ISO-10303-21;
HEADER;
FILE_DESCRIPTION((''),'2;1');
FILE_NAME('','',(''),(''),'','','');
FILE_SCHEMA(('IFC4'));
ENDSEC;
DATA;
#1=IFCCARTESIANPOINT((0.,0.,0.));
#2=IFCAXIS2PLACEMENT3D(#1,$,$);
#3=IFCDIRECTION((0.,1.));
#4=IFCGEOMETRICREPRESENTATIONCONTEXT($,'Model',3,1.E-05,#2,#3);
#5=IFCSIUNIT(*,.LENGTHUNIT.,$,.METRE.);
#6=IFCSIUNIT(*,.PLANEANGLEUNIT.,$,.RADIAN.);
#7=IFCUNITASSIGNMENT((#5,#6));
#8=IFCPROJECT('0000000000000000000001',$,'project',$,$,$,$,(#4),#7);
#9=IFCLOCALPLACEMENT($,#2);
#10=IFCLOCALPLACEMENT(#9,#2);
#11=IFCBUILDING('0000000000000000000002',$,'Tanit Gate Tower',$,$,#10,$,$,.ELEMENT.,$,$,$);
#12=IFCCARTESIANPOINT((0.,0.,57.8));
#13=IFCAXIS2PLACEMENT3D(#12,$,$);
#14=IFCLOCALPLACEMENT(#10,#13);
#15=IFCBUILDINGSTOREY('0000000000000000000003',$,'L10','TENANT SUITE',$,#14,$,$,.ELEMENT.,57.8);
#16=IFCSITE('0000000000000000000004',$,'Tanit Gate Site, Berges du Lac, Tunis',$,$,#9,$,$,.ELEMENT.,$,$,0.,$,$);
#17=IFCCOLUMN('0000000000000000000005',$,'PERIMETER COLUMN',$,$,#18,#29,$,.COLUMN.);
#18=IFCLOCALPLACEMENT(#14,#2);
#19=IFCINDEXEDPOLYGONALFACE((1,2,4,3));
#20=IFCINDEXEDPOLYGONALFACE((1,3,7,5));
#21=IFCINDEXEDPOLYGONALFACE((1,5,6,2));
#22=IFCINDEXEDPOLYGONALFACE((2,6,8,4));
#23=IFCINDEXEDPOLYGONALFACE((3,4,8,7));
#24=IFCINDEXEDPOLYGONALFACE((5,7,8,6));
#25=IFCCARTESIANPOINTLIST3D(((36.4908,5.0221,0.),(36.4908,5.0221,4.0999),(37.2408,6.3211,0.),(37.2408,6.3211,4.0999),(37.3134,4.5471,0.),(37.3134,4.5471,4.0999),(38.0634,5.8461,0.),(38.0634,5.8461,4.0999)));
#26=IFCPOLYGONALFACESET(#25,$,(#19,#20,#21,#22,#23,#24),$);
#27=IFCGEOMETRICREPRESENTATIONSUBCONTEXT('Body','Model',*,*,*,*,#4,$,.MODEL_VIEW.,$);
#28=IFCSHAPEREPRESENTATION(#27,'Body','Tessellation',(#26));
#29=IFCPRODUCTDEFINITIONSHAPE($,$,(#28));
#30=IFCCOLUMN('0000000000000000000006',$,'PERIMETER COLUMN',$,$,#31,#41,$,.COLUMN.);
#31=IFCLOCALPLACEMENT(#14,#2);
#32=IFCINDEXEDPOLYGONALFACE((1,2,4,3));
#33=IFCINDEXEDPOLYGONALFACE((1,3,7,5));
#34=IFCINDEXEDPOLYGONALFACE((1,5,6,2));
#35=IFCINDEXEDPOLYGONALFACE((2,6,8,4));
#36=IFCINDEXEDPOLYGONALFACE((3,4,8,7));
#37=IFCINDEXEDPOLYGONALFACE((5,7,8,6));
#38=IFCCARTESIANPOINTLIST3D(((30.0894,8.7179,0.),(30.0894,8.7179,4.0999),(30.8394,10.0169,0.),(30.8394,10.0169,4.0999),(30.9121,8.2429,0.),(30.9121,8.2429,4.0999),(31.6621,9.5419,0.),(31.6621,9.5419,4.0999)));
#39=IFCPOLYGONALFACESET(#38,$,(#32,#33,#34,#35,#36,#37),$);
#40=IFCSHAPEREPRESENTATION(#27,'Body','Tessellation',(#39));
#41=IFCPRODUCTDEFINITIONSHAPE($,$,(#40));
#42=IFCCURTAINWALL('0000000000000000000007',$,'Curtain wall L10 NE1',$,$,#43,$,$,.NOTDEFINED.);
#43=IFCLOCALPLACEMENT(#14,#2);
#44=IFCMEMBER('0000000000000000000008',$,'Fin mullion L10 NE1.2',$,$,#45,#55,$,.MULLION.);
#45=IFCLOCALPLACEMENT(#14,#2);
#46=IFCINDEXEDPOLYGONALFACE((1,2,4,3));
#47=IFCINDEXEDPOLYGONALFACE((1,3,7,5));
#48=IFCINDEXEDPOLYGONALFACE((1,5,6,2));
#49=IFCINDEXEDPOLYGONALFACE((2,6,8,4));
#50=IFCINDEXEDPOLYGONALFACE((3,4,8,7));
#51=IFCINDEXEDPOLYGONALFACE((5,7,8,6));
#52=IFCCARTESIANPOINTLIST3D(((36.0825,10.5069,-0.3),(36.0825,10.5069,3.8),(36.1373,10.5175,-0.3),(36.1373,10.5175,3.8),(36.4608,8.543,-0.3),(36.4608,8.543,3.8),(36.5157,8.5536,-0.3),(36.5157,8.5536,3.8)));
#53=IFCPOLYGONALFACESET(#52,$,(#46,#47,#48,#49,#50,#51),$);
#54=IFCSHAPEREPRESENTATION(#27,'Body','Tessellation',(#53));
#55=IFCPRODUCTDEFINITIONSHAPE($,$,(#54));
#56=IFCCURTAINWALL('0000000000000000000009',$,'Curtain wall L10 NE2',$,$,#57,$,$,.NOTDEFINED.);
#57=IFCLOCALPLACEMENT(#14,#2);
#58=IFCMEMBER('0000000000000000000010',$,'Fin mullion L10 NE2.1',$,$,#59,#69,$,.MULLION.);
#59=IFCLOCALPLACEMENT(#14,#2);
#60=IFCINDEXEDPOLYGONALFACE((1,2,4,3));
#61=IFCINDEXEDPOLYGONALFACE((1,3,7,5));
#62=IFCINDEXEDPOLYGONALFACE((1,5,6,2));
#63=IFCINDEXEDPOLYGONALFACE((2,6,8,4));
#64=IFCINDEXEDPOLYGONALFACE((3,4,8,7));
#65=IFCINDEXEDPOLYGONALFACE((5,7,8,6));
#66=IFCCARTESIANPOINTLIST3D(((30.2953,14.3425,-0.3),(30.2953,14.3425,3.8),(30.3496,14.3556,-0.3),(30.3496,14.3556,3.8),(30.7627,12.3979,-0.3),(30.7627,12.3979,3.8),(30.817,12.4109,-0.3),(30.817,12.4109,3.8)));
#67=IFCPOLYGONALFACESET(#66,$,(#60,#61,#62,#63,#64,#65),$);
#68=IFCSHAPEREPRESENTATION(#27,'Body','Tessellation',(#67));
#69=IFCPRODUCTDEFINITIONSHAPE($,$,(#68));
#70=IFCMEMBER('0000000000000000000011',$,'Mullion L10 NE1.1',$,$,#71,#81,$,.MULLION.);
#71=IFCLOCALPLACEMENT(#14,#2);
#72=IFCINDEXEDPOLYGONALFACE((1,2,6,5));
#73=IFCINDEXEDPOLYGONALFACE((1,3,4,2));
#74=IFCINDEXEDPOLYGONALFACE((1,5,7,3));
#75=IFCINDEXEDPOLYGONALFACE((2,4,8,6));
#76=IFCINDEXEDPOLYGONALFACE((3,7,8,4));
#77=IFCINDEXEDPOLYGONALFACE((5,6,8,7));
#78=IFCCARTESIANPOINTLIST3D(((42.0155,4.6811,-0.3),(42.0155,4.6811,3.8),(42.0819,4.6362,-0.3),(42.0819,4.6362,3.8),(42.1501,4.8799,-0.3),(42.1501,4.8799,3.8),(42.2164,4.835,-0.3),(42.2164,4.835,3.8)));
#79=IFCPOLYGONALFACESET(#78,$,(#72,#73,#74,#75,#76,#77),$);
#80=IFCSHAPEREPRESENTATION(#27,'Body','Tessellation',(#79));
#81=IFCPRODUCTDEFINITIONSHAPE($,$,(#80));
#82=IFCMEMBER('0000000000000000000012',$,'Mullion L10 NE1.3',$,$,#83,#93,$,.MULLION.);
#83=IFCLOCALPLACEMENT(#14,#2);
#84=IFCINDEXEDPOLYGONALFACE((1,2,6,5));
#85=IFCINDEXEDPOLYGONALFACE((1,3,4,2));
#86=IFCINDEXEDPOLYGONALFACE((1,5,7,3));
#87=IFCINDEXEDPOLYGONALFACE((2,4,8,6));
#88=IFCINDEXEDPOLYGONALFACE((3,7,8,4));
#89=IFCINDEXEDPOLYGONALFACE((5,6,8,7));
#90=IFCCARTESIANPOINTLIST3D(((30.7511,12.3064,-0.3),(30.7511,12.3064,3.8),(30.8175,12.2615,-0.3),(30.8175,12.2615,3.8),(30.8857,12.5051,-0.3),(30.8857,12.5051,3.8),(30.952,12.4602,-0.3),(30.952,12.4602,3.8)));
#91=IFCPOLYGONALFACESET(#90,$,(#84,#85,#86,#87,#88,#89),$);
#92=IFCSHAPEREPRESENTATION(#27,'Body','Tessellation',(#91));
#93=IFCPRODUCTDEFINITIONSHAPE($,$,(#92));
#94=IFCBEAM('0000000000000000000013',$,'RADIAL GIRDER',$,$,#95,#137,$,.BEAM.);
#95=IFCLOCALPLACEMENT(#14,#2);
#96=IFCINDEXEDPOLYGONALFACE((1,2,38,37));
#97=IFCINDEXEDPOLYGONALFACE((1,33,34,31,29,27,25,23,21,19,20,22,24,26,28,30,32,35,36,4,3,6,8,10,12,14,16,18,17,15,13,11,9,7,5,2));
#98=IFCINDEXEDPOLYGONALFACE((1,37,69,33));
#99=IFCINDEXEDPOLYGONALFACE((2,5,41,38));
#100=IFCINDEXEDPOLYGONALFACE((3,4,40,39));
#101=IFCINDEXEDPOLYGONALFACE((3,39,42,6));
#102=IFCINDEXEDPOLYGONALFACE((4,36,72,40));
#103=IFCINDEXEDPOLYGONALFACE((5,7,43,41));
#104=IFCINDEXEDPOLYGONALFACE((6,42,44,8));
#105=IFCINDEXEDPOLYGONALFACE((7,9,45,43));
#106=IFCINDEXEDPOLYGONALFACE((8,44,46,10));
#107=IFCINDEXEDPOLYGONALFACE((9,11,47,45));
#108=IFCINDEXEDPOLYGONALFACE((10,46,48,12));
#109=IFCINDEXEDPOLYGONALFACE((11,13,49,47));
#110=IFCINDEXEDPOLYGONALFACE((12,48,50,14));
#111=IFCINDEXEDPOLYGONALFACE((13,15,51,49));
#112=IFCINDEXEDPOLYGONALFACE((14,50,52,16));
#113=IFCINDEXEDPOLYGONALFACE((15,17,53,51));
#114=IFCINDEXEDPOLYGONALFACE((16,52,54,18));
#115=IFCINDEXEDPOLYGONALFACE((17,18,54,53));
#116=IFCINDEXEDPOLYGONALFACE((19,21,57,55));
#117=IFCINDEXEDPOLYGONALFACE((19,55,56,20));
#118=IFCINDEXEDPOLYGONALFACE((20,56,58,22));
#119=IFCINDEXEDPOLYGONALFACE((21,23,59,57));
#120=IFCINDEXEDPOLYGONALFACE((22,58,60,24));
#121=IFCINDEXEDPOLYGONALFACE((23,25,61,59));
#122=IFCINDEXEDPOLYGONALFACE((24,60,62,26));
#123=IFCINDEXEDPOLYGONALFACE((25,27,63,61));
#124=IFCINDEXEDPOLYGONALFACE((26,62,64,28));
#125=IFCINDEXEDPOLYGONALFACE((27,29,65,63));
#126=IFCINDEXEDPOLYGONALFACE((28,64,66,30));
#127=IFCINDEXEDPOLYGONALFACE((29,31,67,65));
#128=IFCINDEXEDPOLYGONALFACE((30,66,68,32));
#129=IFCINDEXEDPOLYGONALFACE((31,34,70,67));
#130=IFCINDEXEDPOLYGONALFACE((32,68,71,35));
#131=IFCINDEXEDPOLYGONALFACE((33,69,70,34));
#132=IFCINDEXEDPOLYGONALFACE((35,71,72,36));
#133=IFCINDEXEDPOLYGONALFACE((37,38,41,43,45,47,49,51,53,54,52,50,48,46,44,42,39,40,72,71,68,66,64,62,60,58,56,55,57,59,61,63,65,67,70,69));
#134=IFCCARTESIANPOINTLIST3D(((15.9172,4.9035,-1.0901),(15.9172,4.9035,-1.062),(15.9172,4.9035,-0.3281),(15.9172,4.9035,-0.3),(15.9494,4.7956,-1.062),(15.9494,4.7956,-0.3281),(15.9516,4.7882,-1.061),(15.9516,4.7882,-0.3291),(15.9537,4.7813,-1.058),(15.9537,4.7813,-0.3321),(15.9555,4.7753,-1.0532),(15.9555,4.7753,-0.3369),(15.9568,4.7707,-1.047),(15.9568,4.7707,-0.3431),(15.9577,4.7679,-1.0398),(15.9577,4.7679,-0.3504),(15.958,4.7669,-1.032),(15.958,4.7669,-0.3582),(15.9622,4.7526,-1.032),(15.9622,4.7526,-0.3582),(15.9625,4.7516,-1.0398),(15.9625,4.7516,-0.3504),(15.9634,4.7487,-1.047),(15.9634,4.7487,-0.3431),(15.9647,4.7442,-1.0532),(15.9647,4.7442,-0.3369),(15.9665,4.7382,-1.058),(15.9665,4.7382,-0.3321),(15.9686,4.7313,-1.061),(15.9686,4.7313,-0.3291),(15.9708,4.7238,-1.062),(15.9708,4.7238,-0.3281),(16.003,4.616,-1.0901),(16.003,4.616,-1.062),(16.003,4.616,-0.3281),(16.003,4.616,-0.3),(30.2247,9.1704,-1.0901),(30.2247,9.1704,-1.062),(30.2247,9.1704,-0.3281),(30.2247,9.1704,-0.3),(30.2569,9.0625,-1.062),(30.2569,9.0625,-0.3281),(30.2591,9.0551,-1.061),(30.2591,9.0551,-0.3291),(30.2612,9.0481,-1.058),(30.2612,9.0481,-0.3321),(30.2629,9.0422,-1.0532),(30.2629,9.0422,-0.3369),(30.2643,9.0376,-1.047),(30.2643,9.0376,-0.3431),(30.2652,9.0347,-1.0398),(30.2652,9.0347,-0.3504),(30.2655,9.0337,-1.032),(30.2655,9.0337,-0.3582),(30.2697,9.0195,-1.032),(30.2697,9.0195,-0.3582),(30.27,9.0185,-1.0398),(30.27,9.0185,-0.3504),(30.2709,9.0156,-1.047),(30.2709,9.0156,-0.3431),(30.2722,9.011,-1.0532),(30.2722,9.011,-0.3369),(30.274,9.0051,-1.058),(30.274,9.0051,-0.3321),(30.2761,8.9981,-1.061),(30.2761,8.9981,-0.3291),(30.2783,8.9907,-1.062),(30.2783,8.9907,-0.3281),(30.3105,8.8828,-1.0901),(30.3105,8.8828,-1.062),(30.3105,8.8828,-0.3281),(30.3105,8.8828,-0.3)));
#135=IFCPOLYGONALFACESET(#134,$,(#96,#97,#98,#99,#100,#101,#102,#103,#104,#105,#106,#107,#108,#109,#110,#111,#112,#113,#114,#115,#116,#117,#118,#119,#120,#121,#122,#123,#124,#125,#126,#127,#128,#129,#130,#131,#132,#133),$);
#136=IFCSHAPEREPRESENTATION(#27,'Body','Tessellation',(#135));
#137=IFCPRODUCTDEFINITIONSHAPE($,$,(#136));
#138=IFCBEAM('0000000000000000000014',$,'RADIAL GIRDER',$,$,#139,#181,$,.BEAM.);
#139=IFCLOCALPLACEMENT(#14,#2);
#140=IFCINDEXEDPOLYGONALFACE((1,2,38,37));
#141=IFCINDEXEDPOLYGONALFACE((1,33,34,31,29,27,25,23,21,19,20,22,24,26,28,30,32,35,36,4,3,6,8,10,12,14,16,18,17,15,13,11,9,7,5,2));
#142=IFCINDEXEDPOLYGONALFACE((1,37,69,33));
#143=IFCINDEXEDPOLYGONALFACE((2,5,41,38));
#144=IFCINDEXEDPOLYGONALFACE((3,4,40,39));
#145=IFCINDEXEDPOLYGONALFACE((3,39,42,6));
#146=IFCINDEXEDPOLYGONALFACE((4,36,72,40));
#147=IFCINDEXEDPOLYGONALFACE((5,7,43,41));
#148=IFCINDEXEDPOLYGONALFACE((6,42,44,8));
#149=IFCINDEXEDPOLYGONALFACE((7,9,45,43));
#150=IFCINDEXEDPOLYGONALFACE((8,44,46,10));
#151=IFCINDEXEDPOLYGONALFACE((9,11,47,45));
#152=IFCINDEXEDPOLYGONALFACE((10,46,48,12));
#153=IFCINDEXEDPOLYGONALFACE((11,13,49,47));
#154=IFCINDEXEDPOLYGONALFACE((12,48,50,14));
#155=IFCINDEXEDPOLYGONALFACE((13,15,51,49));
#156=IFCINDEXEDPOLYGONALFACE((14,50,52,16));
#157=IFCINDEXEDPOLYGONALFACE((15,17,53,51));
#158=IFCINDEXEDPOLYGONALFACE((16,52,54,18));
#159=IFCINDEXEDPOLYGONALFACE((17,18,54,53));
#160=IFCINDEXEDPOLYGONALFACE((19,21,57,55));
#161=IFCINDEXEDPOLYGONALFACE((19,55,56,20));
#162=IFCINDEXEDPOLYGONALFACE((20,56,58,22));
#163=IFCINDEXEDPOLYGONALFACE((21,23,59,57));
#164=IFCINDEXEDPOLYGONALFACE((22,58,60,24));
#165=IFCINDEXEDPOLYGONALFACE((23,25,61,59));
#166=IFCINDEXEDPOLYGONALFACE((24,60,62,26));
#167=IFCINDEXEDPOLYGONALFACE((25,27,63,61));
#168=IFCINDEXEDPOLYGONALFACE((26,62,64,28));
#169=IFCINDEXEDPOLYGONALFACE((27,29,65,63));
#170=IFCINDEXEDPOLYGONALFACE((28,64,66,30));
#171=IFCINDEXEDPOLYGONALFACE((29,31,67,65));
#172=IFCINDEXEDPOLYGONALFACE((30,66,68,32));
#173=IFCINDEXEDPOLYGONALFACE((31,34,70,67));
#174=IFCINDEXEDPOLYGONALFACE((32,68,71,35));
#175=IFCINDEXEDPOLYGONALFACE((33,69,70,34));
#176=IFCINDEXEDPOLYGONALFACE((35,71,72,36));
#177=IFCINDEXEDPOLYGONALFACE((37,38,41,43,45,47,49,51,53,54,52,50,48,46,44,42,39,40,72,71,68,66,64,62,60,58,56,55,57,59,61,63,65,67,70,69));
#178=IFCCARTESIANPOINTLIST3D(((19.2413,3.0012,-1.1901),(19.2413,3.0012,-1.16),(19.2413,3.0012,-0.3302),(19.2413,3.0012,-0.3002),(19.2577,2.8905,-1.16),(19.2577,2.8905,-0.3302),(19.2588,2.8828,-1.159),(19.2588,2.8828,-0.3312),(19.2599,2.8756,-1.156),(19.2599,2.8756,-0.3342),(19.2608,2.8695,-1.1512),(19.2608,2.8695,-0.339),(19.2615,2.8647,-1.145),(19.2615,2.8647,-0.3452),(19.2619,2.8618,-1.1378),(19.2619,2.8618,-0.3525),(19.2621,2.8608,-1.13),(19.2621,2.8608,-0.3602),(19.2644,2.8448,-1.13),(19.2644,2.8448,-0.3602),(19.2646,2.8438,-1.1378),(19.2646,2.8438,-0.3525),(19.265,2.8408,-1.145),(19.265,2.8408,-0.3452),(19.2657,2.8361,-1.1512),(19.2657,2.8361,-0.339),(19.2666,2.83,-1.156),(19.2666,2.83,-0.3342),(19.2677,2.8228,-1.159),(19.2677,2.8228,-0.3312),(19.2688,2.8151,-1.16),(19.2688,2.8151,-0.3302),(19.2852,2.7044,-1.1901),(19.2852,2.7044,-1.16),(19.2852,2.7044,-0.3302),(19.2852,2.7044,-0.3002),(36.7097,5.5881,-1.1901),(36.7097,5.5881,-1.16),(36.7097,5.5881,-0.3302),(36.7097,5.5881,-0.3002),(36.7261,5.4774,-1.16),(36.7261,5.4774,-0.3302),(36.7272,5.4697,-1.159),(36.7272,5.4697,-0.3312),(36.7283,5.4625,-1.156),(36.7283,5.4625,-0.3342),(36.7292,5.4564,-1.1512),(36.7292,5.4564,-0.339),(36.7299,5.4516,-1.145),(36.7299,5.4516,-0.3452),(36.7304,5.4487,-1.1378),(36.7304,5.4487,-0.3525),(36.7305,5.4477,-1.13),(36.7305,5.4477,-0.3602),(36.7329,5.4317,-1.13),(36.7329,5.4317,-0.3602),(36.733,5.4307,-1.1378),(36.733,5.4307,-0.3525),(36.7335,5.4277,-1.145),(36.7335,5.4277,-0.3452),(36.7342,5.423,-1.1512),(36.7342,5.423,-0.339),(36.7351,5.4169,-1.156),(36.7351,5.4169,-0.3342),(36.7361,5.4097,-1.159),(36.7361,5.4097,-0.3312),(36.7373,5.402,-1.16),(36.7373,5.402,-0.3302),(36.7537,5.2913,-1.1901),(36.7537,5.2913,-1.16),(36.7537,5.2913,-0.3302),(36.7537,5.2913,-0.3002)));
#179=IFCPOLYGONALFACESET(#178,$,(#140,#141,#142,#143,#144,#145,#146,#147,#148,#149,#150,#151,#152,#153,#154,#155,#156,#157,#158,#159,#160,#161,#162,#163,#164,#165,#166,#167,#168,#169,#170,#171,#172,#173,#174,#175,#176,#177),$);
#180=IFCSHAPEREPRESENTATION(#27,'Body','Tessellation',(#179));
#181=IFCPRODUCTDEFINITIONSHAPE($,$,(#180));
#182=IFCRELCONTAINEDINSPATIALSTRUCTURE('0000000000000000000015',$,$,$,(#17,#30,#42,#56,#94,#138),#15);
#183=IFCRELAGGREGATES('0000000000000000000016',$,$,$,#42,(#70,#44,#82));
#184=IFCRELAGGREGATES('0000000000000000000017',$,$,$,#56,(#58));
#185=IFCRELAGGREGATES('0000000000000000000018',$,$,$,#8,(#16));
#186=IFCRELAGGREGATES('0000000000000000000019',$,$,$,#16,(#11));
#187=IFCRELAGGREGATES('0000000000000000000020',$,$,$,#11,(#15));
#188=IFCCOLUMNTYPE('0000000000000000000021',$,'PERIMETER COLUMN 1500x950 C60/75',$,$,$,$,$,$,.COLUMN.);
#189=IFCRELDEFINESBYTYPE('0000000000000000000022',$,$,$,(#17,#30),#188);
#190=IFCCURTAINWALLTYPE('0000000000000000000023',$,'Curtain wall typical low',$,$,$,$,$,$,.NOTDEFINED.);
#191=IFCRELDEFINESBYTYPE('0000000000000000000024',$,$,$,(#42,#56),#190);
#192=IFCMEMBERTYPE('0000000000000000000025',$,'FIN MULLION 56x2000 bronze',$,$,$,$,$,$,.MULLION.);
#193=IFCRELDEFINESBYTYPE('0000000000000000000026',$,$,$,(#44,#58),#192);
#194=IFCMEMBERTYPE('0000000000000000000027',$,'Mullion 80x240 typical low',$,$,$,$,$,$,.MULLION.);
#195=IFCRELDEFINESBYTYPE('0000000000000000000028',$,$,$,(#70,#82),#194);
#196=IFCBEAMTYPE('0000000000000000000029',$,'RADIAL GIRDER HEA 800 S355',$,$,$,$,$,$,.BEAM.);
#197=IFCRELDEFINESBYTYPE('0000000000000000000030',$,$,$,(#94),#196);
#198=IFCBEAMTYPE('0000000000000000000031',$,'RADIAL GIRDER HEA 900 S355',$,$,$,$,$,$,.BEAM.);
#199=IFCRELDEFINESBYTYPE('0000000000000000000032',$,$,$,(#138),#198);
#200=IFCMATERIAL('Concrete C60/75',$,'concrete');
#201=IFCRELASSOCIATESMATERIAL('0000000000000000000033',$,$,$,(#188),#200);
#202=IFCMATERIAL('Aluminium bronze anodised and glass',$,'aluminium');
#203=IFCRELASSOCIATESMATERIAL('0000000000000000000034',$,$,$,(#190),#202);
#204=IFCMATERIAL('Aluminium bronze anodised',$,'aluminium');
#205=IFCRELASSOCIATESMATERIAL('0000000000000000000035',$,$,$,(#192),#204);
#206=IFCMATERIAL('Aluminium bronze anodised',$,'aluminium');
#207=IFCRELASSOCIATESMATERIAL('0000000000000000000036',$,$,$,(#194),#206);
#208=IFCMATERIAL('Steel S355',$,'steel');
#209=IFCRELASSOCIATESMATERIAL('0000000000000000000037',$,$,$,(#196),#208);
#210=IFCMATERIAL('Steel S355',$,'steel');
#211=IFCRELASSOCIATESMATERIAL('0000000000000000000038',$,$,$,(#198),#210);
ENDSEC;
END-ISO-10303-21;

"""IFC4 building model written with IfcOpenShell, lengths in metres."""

from ifc_helpers import new_model, si_unit, direction, frame, origin, origin_2d, place, context, subcontext, project, spatial, rectangle, i_section, extrude, material, material_profile, profile_set, type_object, element, aggregate, save


model = new_model("IFC4")

# Units and contexts
model_context = context("Model", 3, precision=1e-05, world=origin(), true_north=direction((0.0, 1.0)))
body_context = subcontext(model_context, "Body", "Model", "MODEL_VIEW")
ifc_project = project(units=[si_unit("LENGTHUNIT", "METRE"), si_unit("PLANEANGLEUNIT", "RADIAN")], contexts=[model_context])

# Site, building, storey
site_placement = place(None, origin())
site = spatial("IfcSite", under=ifc_project, at=site_placement, Name="Tanit Gate Site, Berges du Lac, Tunis", CompositionType="ELEMENT", RefElevation=0.0)
building_placement = place(site_placement, origin())
building = spatial("IfcBuilding", under=site, at=building_placement, Name="Tanit Gate Tower", CompositionType="ELEMENT")
storey_placement = place(building_placement, frame((0.0, 0.0, 57.8)))
storey = spatial("IfcBuildingStorey", under=building, at=storey_placement, Name="L10", Description="TENANT SUITE", CompositionType="ELEMENT", Elevation=57.8)

# Columns
ifc_material_1 = material(Name="Concrete C60/75", Category="concrete")
ifc_material_profile_1 = material_profile(ifc_material_1, rectangle(XDim=1.5, YDim=0.95, at=origin_2d()), Name="RC 1500x950")
ifc_profile_set_1 = profile_set([ifc_material_profile_1], Name="Concrete C60/75")
column_type = type_object("IfcColumnType", Name="PERIMETER COLUMN 1500x950 C60/75", PredefinedType="COLUMN", material=ifc_profile_set_1)
for number, where, z_axis, x_axis, name in (
    (1, (37.2771, 5.4341, 0.0), (0.0, 0.0, 1.0), (0.5, 0.866025, 0.0), "PERIMETER COLUMN"),
    (2, (30.8757, 9.1299, 0.0), (0.0, 0.0, 1.0), (0.5, 0.866025, 0.0), "PERIMETER COLUMN"),
):
    element("IfcColumn", number, at=place(storey_placement, frame(where, z_axis=z_axis, x_axis=x_axis)), inside=storey, type_object=column_type, Name=name, PredefinedType="COLUMN", context=body_context, shape_type="SweptSolid", body=[
        extrude(rectangle(XDim=1.5, YDim=0.95, at=origin_2d()), origin(), (0.0, 0.0, 1.0), 4.0999),
    ])

# Curtain walls, members
ifc_material_2 = material(Name="Aluminium bronze anodised and glass", Category="aluminium")
curtain_wall_type = type_object("IfcCurtainWallType", Name="Curtain wall typical low", PredefinedType="NOTDEFINED", material=ifc_material_2)
curtain_wall_1_placement = place(storey_placement, origin())
curtain_wall_1 = element("IfcCurtainWall", 3, at=curtain_wall_1_placement, inside=storey, type_object=curtain_wall_type, Name="Curtain wall L10 NE1", PredefinedType="NOTDEFINED")
ifc_material_3 = material(Name="Aluminium bronze anodised", Category="aluminium")
ifc_material_profile_2 = material_profile(ifc_material_3, rectangle(XDim=2.0, YDim=0.0559, at=origin_2d()), Name="56x2000 bronze fin mullion")
ifc_profile_set_2 = profile_set([ifc_material_profile_2], Name="Aluminium bronze anodised")
member_type_1 = type_object("IfcMemberType", Name="FIN MULLION 56x2000 bronze", PredefinedType="MULLION", material=ifc_profile_set_2)
member_1_placement = place(storey_placement, frame((36.2991, 9.5303, -0.3), z_axis=(0.0, 0.0, 1.0), x_axis=(0.189173, -0.981944, 0.0)))
member_1 = element("IfcMember", 4, at=member_1_placement, type_object=member_type_1, Name="Fin mullion L10 NE1.2", PredefinedType="MULLION", context=body_context, shape_type="SweptSolid", body=[
    extrude(rectangle(XDim=2.0, YDim=0.0559, at=origin_2d()), origin(), (0.0, 0.0, 1.0), 4.1001),
])
curtain_wall_2_placement = place(storey_placement, origin())
curtain_wall_2 = element("IfcCurtainWall", 5, at=curtain_wall_2_placement, inside=storey, type_object=curtain_wall_type, Name="Curtain wall L10 NE2", PredefinedType="NOTDEFINED")
member_2_placement = place(storey_placement, frame((30.5562, 13.3767, -0.3), z_axis=(0.0, 0.0, 1.0), x_axis=(0.233691, -0.972311, 0.0)))
member_2 = element("IfcMember", 6, at=member_2_placement, type_object=member_type_1, Name="Fin mullion L10 NE2.1", PredefinedType="MULLION", context=body_context, shape_type="SweptSolid", body=[
    extrude(rectangle(XDim=2.0, YDim=0.0559, at=origin_2d()), origin(), (0.0, 0.0, 1.0), 4.1001),
])

# Members
ifc_material_4 = material(Name="Aluminium bronze anodised", Category="aluminium")
ifc_material_profile_3 = material_profile(ifc_material_4, rectangle(XDim=0.24, YDim=0.0801, at=origin_2d()), Name="80x240 bronze mullion")
ifc_profile_set_3 = profile_set([ifc_material_profile_3], Name="Aluminium bronze anodised")
member_type_2 = type_object("IfcMemberType", Name="Mullion 80x240 typical low", PredefinedType="MULLION", material=ifc_profile_set_3)
member_3_placement = place(storey_placement, frame((42.116, 4.7581, -0.3), z_axis=(0.0, 0.0, 1.0), x_axis=(-0.560574, -0.828105, 0.0)))
member_3 = element("IfcMember", 7, at=member_3_placement, type_object=member_type_2, Name="Mullion L10 NE1.1", PredefinedType="MULLION", context=body_context, shape_type="SweptSolid", body=[
    extrude(rectangle(XDim=0.24, YDim=0.0801, at=origin_2d()), origin(), (0.0, 0.0, 1.0), 4.1001),
])
member_4_placement = place(storey_placement, frame((30.8516, 12.3833, -0.3), z_axis=(0.0, 0.0, 1.0), x_axis=(-0.560574, -0.828105, 0.0)))
member_4 = element("IfcMember", 8, at=member_4_placement, type_object=member_type_2, Name="Mullion L10 NE1.3", PredefinedType="MULLION", context=body_context, shape_type="SweptSolid", body=[
    extrude(rectangle(XDim=0.24, YDim=0.0801, at=origin_2d()), origin(), (0.0, 0.0, 1.0), 4.1001),
])

# Beams
ifc_material_5 = material(Name="Steel S355", Category="steel")
ifc_material_profile_4 = material_profile(ifc_material_5, i_section(OverallWidth=0.3, OverallDepth=0.79, WebThickness=0.0149, FlangeThickness=0.0281, FilletRadius=0.03, at=origin_2d()), Name="HEA 800")
ifc_profile_set_4 = profile_set([ifc_material_profile_4], Name="Steel S355")
beam_type_1 = type_object("IfcBeamType", Name="RADIAL GIRDER HEA 800 S355", PredefinedType="BEAM", material=ifc_profile_set_4)
beam_1_placement = place(storey_placement, frame((30.2676, 9.0266, -0.6951), z_axis=(-0.958293, -0.285789, 0.0), x_axis=(0.285789, -0.958293, 0.0)))
element("IfcBeam", 9, at=beam_1_placement, inside=storey, type_object=beam_type_1, Name="RADIAL GIRDER", PredefinedType="BEAM", context=body_context, shape_type="SweptSolid", body=[
    extrude(i_section(OverallWidth=0.3, OverallDepth=0.79, WebThickness=0.0149, FlangeThickness=0.0281, FilletRadius=0.03, at=origin_2d()), origin(), (0.0, 0.0, 1.0), 14.9302),
])
ifc_material_6 = material(Name="Steel S355", Category="steel")
ifc_material_profile_5 = material_profile(ifc_material_6, i_section(OverallWidth=0.3, OverallDepth=0.8899, WebThickness=0.0161, FlangeThickness=0.03, FilletRadius=0.03, at=origin_2d()), Name="HEA 900")
ifc_profile_set_5 = profile_set([ifc_material_profile_5], Name="Steel S355")
beam_type_2 = type_object("IfcBeamType", Name="RADIAL GIRDER HEA 900 S355", PredefinedType="BEAM", material=ifc_profile_set_5)
beam_2_placement = place(storey_placement, frame((36.7317, 5.4397, -0.7451), z_axis=(-0.989212, -0.146493, 0.0), x_axis=(0.146493, -0.989212, 0.0)))
element("IfcBeam", 10, at=beam_2_placement, inside=storey, type_object=beam_type_2, Name="RADIAL GIRDER", PredefinedType="BEAM", context=body_context, shape_type="SweptSolid", body=[
    extrude(i_section(OverallWidth=0.3, OverallDepth=0.8899, WebThickness=0.0161, FlangeThickness=0.03, FilletRadius=0.03, at=origin_2d()), origin(), (0.0, 0.0, 1.0), 17.6589),
])

aggregate(curtain_wall_1, [member_3, member_1, member_4])
aggregate(curtain_wall_2, [member_2])

save(model, "model.ifc")
